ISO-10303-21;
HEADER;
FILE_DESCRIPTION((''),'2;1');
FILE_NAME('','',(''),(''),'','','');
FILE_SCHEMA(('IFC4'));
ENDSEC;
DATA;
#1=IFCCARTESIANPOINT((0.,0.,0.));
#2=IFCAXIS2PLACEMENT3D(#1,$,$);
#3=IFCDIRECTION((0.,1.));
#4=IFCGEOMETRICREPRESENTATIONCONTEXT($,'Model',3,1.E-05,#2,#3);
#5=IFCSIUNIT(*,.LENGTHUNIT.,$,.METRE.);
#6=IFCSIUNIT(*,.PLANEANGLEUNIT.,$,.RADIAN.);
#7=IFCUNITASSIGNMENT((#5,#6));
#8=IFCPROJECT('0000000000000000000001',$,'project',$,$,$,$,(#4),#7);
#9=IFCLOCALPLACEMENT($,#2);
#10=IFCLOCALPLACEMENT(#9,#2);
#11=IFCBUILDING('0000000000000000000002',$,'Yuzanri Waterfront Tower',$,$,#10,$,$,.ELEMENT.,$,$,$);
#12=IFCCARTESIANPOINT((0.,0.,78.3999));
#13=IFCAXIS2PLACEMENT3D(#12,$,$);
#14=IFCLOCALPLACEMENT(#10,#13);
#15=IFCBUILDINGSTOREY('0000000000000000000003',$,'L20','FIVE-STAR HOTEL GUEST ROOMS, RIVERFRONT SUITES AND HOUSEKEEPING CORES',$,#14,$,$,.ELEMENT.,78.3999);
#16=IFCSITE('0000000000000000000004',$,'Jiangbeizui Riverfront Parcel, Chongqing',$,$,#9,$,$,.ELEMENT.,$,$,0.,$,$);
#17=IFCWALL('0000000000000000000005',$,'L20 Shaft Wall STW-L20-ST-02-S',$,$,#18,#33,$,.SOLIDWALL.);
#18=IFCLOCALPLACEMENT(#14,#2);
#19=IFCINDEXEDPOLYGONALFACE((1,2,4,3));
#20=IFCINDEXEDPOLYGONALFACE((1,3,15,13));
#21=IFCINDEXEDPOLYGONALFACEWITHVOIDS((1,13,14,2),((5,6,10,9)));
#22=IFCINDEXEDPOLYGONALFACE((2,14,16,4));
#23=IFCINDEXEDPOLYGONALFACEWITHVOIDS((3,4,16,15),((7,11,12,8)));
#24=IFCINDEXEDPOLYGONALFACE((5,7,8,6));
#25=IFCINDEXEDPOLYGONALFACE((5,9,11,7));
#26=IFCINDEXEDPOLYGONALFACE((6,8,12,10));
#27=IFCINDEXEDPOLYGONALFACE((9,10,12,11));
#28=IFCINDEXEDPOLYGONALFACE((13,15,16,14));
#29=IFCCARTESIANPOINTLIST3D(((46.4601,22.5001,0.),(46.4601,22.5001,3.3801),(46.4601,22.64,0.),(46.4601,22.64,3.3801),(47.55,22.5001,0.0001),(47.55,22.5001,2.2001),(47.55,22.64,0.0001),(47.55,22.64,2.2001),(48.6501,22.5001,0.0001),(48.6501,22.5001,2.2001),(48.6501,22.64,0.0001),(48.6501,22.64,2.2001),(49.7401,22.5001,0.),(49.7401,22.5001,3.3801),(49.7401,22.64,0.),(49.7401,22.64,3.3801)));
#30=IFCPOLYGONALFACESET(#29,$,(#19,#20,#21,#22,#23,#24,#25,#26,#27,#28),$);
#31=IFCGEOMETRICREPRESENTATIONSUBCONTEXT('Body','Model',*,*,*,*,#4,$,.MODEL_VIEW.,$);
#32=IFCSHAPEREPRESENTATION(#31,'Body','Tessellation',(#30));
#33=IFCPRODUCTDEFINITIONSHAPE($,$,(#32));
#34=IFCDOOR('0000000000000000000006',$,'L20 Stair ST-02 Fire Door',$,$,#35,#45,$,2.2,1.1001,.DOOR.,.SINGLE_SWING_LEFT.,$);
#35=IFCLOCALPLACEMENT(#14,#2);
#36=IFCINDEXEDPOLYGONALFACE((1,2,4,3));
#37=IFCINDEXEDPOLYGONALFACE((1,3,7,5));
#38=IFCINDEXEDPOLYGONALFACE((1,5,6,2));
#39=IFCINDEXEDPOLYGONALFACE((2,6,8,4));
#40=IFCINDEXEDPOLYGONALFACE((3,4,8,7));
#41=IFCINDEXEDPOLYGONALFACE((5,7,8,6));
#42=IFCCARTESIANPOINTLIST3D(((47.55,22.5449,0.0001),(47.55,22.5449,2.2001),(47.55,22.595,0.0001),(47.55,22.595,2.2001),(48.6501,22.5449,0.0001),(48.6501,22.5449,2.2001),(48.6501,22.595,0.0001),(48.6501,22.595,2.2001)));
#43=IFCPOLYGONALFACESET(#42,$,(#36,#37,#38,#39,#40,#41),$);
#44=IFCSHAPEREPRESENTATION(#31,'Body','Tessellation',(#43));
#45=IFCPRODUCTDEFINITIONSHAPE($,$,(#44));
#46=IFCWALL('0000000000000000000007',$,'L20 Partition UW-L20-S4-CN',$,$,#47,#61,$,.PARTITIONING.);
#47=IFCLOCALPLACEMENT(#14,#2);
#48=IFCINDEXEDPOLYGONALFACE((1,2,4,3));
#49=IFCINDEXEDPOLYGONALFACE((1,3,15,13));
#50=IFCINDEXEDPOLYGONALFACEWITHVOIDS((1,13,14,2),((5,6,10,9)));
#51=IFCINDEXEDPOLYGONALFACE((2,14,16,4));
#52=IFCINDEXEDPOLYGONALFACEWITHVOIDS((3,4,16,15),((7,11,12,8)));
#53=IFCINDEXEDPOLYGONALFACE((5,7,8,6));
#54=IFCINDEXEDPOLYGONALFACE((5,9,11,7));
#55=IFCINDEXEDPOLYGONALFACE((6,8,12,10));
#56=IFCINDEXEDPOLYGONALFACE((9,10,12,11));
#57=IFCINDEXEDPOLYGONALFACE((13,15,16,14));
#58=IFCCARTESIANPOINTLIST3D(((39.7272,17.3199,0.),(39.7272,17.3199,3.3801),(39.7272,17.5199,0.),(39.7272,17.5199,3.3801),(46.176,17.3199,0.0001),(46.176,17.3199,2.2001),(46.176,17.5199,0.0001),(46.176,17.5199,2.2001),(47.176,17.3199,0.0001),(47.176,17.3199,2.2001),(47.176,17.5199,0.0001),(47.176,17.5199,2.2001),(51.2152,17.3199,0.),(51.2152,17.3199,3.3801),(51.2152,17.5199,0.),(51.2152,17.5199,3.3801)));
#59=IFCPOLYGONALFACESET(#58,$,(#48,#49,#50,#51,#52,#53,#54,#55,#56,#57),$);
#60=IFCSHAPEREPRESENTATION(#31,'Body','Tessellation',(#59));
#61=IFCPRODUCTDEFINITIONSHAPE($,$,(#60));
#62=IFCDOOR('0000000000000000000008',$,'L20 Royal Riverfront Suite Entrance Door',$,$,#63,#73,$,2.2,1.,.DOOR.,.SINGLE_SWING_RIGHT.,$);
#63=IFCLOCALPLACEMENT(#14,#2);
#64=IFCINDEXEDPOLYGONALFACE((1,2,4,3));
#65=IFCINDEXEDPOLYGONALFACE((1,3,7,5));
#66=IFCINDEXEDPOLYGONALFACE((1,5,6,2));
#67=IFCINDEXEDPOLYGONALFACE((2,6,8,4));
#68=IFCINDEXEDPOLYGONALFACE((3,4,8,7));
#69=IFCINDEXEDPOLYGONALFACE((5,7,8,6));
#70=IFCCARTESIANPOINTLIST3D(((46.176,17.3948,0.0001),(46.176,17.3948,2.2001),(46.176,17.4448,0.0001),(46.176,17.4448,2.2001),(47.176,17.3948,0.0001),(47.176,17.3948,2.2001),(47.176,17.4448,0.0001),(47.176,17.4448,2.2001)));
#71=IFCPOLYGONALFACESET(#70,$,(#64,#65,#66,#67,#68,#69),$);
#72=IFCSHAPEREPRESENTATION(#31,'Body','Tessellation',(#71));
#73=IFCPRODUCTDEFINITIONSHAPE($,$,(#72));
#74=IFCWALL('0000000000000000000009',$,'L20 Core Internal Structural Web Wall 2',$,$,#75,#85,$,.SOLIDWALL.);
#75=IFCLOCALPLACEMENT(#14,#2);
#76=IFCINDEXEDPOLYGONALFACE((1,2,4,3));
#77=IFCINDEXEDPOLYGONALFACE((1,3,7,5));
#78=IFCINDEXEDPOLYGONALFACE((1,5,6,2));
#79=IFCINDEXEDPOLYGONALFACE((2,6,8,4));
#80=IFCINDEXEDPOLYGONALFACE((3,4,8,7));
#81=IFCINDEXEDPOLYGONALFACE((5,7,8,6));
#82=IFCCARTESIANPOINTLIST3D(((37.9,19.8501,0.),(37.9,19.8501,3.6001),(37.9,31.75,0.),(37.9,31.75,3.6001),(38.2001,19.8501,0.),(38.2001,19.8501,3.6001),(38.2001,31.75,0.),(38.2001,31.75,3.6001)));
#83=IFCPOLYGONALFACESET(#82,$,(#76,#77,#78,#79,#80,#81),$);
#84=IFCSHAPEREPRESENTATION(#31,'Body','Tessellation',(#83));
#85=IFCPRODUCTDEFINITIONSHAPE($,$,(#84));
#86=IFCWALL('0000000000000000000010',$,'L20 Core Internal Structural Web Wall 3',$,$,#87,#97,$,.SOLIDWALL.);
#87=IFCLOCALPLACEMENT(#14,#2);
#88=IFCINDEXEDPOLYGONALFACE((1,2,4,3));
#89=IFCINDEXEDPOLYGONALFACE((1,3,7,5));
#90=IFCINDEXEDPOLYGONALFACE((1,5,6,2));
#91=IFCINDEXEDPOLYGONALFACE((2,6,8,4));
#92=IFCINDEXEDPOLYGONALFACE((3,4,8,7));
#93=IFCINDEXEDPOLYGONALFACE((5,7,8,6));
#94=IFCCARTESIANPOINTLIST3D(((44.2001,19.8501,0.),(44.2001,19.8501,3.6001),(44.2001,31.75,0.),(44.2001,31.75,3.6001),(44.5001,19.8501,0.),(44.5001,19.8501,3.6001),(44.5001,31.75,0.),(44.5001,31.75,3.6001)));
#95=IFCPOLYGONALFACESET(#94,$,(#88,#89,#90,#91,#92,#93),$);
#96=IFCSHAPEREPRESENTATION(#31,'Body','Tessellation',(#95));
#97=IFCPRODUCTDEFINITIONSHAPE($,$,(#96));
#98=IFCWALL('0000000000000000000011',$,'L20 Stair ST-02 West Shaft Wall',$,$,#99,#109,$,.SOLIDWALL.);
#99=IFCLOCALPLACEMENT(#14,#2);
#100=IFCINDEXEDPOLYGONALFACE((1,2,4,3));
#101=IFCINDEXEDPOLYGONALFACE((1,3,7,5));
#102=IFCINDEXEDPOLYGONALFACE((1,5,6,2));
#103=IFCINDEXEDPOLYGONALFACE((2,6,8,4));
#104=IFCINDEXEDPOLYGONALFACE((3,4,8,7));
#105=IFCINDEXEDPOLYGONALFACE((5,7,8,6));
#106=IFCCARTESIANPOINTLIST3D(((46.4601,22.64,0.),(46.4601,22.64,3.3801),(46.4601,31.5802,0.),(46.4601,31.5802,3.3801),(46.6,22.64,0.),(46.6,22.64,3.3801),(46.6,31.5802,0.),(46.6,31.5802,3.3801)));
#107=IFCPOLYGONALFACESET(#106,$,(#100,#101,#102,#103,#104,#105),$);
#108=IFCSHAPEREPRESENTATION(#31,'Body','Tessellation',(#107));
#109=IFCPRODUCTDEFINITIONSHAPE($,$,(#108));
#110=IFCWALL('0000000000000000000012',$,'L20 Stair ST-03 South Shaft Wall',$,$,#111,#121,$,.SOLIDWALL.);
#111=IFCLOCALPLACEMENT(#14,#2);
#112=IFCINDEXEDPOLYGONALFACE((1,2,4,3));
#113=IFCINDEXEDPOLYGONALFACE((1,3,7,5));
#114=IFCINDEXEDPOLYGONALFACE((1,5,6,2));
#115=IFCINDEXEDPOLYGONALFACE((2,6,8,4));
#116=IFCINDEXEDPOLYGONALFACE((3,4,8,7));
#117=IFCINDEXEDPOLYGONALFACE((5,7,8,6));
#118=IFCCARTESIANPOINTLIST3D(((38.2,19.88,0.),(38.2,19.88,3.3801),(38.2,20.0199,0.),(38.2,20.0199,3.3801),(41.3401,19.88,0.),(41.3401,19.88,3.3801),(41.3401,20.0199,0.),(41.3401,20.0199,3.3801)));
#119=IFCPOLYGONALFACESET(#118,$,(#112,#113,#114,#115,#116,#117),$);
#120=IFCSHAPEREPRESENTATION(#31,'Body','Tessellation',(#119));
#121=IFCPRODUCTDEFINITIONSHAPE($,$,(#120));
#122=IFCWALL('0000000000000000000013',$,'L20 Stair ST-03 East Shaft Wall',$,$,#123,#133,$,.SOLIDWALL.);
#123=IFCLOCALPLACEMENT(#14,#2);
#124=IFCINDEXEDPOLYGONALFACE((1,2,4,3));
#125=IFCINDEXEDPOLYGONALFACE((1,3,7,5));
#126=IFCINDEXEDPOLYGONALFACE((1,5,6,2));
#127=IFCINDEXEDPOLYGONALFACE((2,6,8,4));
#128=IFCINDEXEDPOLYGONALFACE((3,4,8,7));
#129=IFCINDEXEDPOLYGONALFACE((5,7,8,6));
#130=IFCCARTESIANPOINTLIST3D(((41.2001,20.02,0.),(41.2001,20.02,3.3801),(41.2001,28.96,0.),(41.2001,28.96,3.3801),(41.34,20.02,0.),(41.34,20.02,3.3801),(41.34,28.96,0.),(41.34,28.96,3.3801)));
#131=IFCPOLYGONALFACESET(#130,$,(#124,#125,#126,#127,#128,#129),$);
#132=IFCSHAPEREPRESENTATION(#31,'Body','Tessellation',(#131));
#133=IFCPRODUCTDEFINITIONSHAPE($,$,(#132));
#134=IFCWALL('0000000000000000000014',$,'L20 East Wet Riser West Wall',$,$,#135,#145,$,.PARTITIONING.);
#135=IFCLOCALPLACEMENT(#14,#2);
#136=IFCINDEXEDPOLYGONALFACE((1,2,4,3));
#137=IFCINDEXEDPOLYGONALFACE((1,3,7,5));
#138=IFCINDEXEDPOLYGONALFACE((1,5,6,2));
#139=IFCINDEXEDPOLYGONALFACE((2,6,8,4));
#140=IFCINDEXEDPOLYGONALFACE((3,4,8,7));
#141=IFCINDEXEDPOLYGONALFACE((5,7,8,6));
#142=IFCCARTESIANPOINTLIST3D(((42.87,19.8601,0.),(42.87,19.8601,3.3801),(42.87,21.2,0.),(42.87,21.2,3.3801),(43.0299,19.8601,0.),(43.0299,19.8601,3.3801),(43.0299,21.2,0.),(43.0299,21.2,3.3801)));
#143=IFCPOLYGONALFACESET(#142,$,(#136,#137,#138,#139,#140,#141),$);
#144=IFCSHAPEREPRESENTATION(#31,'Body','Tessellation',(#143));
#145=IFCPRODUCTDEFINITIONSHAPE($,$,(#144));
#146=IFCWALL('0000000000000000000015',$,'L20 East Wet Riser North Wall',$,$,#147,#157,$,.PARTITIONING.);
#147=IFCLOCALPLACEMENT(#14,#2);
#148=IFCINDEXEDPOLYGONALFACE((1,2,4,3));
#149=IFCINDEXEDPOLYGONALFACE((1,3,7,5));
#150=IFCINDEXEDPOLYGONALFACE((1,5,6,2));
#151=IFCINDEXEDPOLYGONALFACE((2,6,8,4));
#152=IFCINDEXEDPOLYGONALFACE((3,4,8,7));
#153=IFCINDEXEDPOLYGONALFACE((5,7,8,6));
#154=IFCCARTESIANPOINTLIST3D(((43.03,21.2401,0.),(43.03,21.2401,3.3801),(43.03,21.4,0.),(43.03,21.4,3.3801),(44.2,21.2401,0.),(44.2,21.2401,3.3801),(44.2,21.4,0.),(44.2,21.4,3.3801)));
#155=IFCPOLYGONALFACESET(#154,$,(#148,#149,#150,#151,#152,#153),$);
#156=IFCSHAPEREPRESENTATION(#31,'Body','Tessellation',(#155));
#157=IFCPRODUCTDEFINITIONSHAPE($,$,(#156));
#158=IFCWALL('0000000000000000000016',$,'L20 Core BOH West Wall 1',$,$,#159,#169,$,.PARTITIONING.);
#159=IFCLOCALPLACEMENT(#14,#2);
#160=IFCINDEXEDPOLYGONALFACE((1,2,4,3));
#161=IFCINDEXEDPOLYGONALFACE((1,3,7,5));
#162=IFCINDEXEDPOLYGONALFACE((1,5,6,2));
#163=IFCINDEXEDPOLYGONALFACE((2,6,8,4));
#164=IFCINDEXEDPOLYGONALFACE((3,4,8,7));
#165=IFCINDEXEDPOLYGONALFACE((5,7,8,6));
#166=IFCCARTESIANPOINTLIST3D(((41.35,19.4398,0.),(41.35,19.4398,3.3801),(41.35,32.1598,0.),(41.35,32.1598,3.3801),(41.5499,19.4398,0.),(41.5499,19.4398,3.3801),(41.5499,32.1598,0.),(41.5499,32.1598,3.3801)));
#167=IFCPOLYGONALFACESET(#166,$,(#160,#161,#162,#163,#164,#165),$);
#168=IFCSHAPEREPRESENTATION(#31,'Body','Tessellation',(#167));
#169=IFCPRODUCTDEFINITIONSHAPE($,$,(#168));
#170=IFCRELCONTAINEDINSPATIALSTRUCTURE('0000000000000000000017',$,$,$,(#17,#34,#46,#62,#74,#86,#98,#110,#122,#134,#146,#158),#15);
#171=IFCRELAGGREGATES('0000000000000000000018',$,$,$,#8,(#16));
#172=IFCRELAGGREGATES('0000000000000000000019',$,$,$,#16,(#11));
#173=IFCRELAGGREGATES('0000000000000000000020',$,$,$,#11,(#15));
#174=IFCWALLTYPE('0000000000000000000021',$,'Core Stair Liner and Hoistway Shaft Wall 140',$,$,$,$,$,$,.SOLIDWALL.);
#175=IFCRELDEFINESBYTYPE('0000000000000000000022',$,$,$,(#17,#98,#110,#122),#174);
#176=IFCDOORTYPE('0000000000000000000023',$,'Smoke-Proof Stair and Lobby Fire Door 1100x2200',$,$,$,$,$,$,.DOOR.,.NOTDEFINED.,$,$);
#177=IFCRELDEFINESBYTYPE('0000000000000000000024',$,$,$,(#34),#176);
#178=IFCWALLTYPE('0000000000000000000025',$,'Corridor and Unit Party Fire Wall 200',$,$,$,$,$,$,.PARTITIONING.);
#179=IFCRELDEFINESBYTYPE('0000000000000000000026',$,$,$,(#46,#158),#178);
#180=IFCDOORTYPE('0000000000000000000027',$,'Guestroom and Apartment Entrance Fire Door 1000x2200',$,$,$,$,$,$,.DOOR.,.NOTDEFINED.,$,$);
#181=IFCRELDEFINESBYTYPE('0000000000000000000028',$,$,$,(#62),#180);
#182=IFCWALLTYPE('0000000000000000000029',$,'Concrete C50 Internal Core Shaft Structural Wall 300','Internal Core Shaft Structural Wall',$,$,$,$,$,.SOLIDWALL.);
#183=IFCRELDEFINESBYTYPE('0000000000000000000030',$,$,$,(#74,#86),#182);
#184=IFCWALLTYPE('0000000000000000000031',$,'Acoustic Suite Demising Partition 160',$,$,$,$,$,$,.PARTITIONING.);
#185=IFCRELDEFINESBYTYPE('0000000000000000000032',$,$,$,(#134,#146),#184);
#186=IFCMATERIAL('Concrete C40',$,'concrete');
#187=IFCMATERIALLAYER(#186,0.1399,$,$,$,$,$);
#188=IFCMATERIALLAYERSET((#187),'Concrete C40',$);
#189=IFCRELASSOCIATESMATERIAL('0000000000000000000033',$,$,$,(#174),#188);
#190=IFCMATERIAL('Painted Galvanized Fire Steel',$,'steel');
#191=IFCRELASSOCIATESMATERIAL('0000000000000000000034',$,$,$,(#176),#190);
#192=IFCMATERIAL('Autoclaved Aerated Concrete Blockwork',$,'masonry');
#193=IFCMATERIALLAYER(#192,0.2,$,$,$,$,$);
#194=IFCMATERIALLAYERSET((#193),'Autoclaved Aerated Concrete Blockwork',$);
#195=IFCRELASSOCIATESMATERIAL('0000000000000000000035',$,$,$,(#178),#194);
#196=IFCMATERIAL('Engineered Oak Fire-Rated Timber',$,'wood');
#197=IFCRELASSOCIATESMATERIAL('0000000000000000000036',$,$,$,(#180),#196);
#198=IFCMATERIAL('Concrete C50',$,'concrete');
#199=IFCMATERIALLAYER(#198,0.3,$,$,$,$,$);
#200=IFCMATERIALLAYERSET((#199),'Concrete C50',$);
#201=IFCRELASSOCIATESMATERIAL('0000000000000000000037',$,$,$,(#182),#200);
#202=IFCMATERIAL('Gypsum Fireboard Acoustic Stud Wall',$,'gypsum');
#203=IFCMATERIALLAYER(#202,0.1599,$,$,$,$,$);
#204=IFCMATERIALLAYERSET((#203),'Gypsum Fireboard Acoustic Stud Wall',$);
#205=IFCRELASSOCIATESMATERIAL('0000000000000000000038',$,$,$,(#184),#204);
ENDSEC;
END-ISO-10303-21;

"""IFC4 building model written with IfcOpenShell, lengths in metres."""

from ifc_helpers import new_model, si_unit, direction, frame, frame_2d, origin, place, context, subcontext, project, spatial, rectangle, extrude, source, transform, mapped, material, layer, layer_set, type_object, element, fill, save


model = new_model("IFC4")

# Units and contexts
model_context = context("Model", 3, precision=1e-05, world=origin(), true_north=direction((0.0, 1.0)))
body_context = subcontext(model_context, "Body", "Model", "MODEL_VIEW")
ifc_project = project(units=[si_unit("LENGTHUNIT", "METRE"), si_unit("PLANEANGLEUNIT", "RADIAN")], contexts=[model_context])

# Site, building, storey
site_placement = place(None, origin())
site = spatial("IfcSite", under=ifc_project, at=site_placement, Name="Jiangbeizui Riverfront Parcel, Chongqing", CompositionType="ELEMENT", RefElevation=0.0)
building_placement = place(site_placement, origin())
building = spatial("IfcBuilding", under=site, at=building_placement, Name="Yuzanri Waterfront Tower", CompositionType="ELEMENT")
storey_placement = place(building_placement, frame((0.0, 0.0, 78.3999)))
storey = spatial("IfcBuildingStorey", under=building, at=storey_placement, Name="L20", Description="FIVE-STAR HOTEL GUEST ROOMS, RIVERFRONT SUITES AND HOUSEKEEPING CORES", CompositionType="ELEMENT", Elevation=78.3999)

# Walls, openings, doors
ifc_material_1 = material(Name="Concrete C40", Category="concrete")
ifc_layer_1 = layer(ifc_material_1, 0.1399)
ifc_layer_set_1 = layer_set([ifc_layer_1], Name="Concrete C40")
wall_type_1 = type_object("IfcWallType", Name="Core Stair Liner and Hoistway Shaft Wall 140", PredefinedType="SOLIDWALL", material=ifc_layer_set_1)
wall_1_placement = place(storey_placement, frame((46.46, 22.5701, 0.0), z_axis=(0.0, 0.0, 1.0), x_axis=(1.0, 0.0, 0.0)))
wall_1 = element("IfcWall", 1, at=wall_1_placement, inside=storey, type_object=wall_type_1, Name="L20 Shaft Wall STW-L20-ST-02-S", PredefinedType="SOLIDWALL", context=body_context, shape_type="SweptSolid", body=[
    extrude(rectangle(XDim=3.28, YDim=0.1399, at=frame_2d((1.6401, 0.0))), origin(), (0.0, 0.0, 1.0), 3.3801),
])
opening_1_placement = place(wall_1_placement, frame((1.0901, 0.0, 0.0)))
opening_1 = element("IfcOpeningElement", 2, at=opening_1_placement, cuts=wall_1, PredefinedType="OPENING", context=body_context, shape_type="SweptSolid", body=[
    extrude(rectangle(XDim=1.1001, YDim=2.2, at=frame_2d((0.55, 1.1001))), frame((0.0, 0.085, 0.0), z_axis=(0.0, -1.0, 0.0), x_axis=(1.0, 0.0, 0.0)), (0.0, 0.0, 1.0), 0.1697),
])
ifc_material_2 = material(Name="Painted Galvanized Fire Steel", Category="steel")
door_type_1 = type_object("IfcDoorType", Name="Smoke-Proof Stair and Lobby Fire Door 1100x2200", OperationType="NOTDEFINED", PredefinedType="DOOR", material=ifc_material_2)
shared_shape_1 = source(origin(), body_context, "Body", "SweptSolid", [
    extrude(rectangle(XDim=1.1001, YDim=2.2, at=frame_2d((0.55, 1.1001))), frame((0.0, 0.0249, 0.0), z_axis=(0.0, -1.0, 0.0), x_axis=(1.0, 0.0, 0.0)), (0.0, 0.0, 1.0), 0.05),
])
door_1_placement = place(opening_1_placement, origin())
door_1 = element("IfcDoor", 3, at=door_1_placement, inside=storey, type_object=door_type_1, Name="L20 Stair ST-02 Fire Door", OperationType="SINGLE_SWING_LEFT", OverallHeight=2.2, OverallWidth=1.1001, PredefinedType="DOOR", context=body_context, shape_type="MappedRepresentation", body=[
    mapped(shared_shape_1, transform((0.0, 0.0, 0.0), scale=1.0)),
])
fill(opening_1, door_1)
ifc_material_3 = material(Name="Autoclaved Aerated Concrete Blockwork", Category="masonry")
ifc_layer_2 = layer(ifc_material_3, 0.2)
ifc_layer_set_2 = layer_set([ifc_layer_2], Name="Autoclaved Aerated Concrete Blockwork")
wall_type_2 = type_object("IfcWallType", Name="Corridor and Unit Party Fire Wall 200", PredefinedType="PARTITIONING", material=ifc_layer_set_2)
wall_2_placement = place(storey_placement, frame((39.7271, 17.4199, 0.0), z_axis=(0.0, 0.0, 1.0), x_axis=(1.0, 0.0, 0.0)))
wall_2 = element("IfcWall", 4, at=wall_2_placement, inside=storey, type_object=wall_type_2, Name="L20 Partition UW-L20-S4-CN", PredefinedType="PARTITIONING", context=body_context, shape_type="SweptSolid", body=[
    extrude(rectangle(XDim=11.488, YDim=0.2, at=frame_2d((5.7441, 0.0))), origin(), (0.0, 0.0, 1.0), 3.3801),
])
opening_2_placement = place(wall_2_placement, frame((6.449, 0.0, 0.0)))
opening_2 = element("IfcOpeningElement", 5, at=opening_2_placement, cuts=wall_2, PredefinedType="OPENING", context=body_context, shape_type="SweptSolid", body=[
    extrude(rectangle(XDim=1.0, YDim=2.2, at=frame_2d((0.5, 1.1001))), frame((0.0, 0.1147, 0.0), z_axis=(0.0, -1.0, 0.0), x_axis=(1.0, 0.0, 0.0)), (0.0, 0.0, 1.0), 0.2297),
])
ifc_material_4 = material(Name="Engineered Oak Fire-Rated Timber", Category="wood")
door_type_2 = type_object("IfcDoorType", Name="Guestroom and Apartment Entrance Fire Door 1000x2200", OperationType="NOTDEFINED", PredefinedType="DOOR", material=ifc_material_4)
shared_shape_2 = source(origin(), body_context, "Body", "SweptSolid", [
    extrude(rectangle(XDim=1.0, YDim=2.2, at=frame_2d((0.5, 1.1001))), frame((0.0, 0.0249, 0.0), z_axis=(0.0, -1.0, 0.0), x_axis=(1.0, 0.0, 0.0)), (0.0, 0.0, 1.0), 0.05),
])
door_2_placement = place(opening_2_placement, origin())
door_2 = element("IfcDoor", 6, at=door_2_placement, inside=storey, type_object=door_type_2, Name="L20 Royal Riverfront Suite Entrance Door", OperationType="SINGLE_SWING_RIGHT", OverallHeight=2.2, OverallWidth=1.0, PredefinedType="DOOR", context=body_context, shape_type="MappedRepresentation", body=[
    mapped(shared_shape_2, transform((0.0, 0.0, 0.0), scale=1.0)),
])
fill(opening_2, door_2)

# Walls
ifc_material_5 = material(Name="Concrete C50", Category="concrete")
ifc_layer_3 = layer(ifc_material_5, 0.3)
ifc_layer_set_3 = layer_set([ifc_layer_3], Name="Concrete C50")
wall_type_3 = type_object("IfcWallType", Name="Concrete C50 Internal Core Shaft Structural Wall 300", Description="Internal Core Shaft Structural Wall", PredefinedType="SOLIDWALL", material=ifc_layer_set_3)
shared_shape_3 = source(origin(), body_context, "Body", "SweptSolid", [
    extrude(rectangle(XDim=11.8999, YDim=0.3, at=frame_2d((5.95, 0.0))), origin(), (0.0, 0.0, 1.0), 3.6001),
])
for number, where, z_axis, x_axis, name in (
    (7, (38.05, 19.8501, 0.0), (0.0, 0.0, 1.0), (0.0, 1.0, 0.0), "L20 Core Internal Structural Web Wall 2"),
    (8, (44.3501, 19.8501, 0.0), (0.0, 0.0, 1.0), (0.0, 1.0, 0.0), "L20 Core Internal Structural Web Wall 3"),
):
    element("IfcWall", number, at=place(storey_placement, frame(where, z_axis=z_axis, x_axis=x_axis)), inside=storey, type_object=wall_type_3, Name=name, PredefinedType="SOLIDWALL", context=body_context, shape_type="MappedRepresentation", body=[
        mapped(shared_shape_3, transform((0.0, 0.0, 0.0), scale=1.0)),
    ])
shared_shape_4 = source(origin(), body_context, "Body", "SweptSolid", [
    extrude(rectangle(XDim=8.9402, YDim=0.1399, at=frame_2d((4.4702, 0.0))), origin(), (0.0, 0.0, 1.0), 3.3801),
])
wall_3_placement = place(storey_placement, frame((46.53, 22.6399, 0.0), z_axis=(0.0, 0.0, 1.0), x_axis=(0.0, 1.0, 0.0)))
element("IfcWall", 9, at=wall_3_placement, inside=storey, type_object=wall_type_1, Name="L20 Stair ST-02 West Shaft Wall", PredefinedType="SOLIDWALL", context=body_context, shape_type="MappedRepresentation", body=[
    mapped(shared_shape_4, transform((0.0, 0.0, 0.0), scale=1.0)),
])
shared_shape_5 = source(origin(), body_context, "Body", "SweptSolid", [
    extrude(rectangle(XDim=3.1401, YDim=0.1399, at=frame_2d((1.5701, 0.0))), origin(), (0.0, 0.0, 1.0), 3.3801),
])
wall_4_placement = place(storey_placement, frame((38.2, 19.95, 0.0), z_axis=(0.0, 0.0, 1.0), x_axis=(1.0, 0.0, 0.0)))
element("IfcWall", 10, at=wall_4_placement, inside=storey, type_object=wall_type_1, Name="L20 Stair ST-03 South Shaft Wall", PredefinedType="SOLIDWALL", context=body_context, shape_type="MappedRepresentation", body=[
    mapped(shared_shape_5, transform((0.0, 0.0, 0.0), scale=1.0)),
])
shared_shape_6 = source(origin(), body_context, "Body", "SweptSolid", [
    extrude(rectangle(XDim=8.9399, YDim=0.1399, at=frame_2d((4.47, 0.0))), origin(), (0.0, 0.0, 1.0), 3.3801),
])
wall_5_placement = place(storey_placement, frame((41.27, 20.02, 0.0), z_axis=(0.0, 0.0, 1.0), x_axis=(0.0, 1.0, 0.0)))
element("IfcWall", 11, at=wall_5_placement, inside=storey, type_object=wall_type_1, Name="L20 Stair ST-03 East Shaft Wall", PredefinedType="SOLIDWALL", context=body_context, shape_type="MappedRepresentation", body=[
    mapped(shared_shape_6, transform((0.0, 0.0, 0.0), scale=1.0)),
])
ifc_material_6 = material(Name="Gypsum Fireboard Acoustic Stud Wall", Category="gypsum")
ifc_layer_4 = layer(ifc_material_6, 0.1599)
ifc_layer_set_4 = layer_set([ifc_layer_4], Name="Gypsum Fireboard Acoustic Stud Wall")
wall_type_4 = type_object("IfcWallType", Name="Acoustic Suite Demising Partition 160", PredefinedType="PARTITIONING", material=ifc_layer_set_4)
shared_shape_7 = source(origin(), body_context, "Body", "SweptSolid", [
    extrude(rectangle(XDim=1.3398, YDim=0.1599, at=frame_2d((0.6699, 0.0))), origin(), (0.0, 0.0, 1.0), 3.3801),
])
wall_6_placement = place(storey_placement, frame((42.95, 19.8601, 0.0), z_axis=(0.0, 0.0, 1.0), x_axis=(0.0, 1.0, 0.0)))
element("IfcWall", 12, at=wall_6_placement, inside=storey, type_object=wall_type_4, Name="L20 East Wet Riser West Wall", PredefinedType="PARTITIONING", context=body_context, shape_type="MappedRepresentation", body=[
    mapped(shared_shape_7, transform((0.0, 0.0, 0.0), scale=1.0)),
])
shared_shape_8 = source(origin(), body_context, "Body", "SweptSolid", [
    extrude(rectangle(XDim=1.1699, YDim=0.1599, at=frame_2d((0.585, 0.0))), origin(), (0.0, 0.0, 1.0), 3.3801),
])
wall_7_placement = place(storey_placement, frame((43.03, 21.3201, 0.0), z_axis=(0.0, 0.0, 1.0), x_axis=(1.0, 0.0, 0.0)))
element("IfcWall", 13, at=wall_7_placement, inside=storey, type_object=wall_type_4, Name="L20 East Wet Riser North Wall", PredefinedType="PARTITIONING", context=body_context, shape_type="MappedRepresentation", body=[
    mapped(shared_shape_8, transform((0.0, 0.0, 0.0), scale=1.0)),
])
shared_shape_9 = source(origin(), body_context, "Body", "SweptSolid", [
    extrude(rectangle(XDim=12.72, YDim=0.2, at=frame_2d((6.3599, 0.0))), origin(), (0.0, 0.0, 1.0), 3.3801),
])
wall_8_placement = place(storey_placement, frame((41.45, 19.4399, 0.0), z_axis=(0.0, 0.0, 1.0), x_axis=(0.0, 1.0, 0.0)))
element("IfcWall", 14, at=wall_8_placement, inside=storey, type_object=wall_type_2, Name="L20 Core BOH West Wall 1", PredefinedType="PARTITIONING", context=body_context, shape_type="MappedRepresentation", body=[
    mapped(shared_shape_9, transform((0.0, 0.0, 0.0), scale=1.0)),
])

save(model, "model.ifc")
